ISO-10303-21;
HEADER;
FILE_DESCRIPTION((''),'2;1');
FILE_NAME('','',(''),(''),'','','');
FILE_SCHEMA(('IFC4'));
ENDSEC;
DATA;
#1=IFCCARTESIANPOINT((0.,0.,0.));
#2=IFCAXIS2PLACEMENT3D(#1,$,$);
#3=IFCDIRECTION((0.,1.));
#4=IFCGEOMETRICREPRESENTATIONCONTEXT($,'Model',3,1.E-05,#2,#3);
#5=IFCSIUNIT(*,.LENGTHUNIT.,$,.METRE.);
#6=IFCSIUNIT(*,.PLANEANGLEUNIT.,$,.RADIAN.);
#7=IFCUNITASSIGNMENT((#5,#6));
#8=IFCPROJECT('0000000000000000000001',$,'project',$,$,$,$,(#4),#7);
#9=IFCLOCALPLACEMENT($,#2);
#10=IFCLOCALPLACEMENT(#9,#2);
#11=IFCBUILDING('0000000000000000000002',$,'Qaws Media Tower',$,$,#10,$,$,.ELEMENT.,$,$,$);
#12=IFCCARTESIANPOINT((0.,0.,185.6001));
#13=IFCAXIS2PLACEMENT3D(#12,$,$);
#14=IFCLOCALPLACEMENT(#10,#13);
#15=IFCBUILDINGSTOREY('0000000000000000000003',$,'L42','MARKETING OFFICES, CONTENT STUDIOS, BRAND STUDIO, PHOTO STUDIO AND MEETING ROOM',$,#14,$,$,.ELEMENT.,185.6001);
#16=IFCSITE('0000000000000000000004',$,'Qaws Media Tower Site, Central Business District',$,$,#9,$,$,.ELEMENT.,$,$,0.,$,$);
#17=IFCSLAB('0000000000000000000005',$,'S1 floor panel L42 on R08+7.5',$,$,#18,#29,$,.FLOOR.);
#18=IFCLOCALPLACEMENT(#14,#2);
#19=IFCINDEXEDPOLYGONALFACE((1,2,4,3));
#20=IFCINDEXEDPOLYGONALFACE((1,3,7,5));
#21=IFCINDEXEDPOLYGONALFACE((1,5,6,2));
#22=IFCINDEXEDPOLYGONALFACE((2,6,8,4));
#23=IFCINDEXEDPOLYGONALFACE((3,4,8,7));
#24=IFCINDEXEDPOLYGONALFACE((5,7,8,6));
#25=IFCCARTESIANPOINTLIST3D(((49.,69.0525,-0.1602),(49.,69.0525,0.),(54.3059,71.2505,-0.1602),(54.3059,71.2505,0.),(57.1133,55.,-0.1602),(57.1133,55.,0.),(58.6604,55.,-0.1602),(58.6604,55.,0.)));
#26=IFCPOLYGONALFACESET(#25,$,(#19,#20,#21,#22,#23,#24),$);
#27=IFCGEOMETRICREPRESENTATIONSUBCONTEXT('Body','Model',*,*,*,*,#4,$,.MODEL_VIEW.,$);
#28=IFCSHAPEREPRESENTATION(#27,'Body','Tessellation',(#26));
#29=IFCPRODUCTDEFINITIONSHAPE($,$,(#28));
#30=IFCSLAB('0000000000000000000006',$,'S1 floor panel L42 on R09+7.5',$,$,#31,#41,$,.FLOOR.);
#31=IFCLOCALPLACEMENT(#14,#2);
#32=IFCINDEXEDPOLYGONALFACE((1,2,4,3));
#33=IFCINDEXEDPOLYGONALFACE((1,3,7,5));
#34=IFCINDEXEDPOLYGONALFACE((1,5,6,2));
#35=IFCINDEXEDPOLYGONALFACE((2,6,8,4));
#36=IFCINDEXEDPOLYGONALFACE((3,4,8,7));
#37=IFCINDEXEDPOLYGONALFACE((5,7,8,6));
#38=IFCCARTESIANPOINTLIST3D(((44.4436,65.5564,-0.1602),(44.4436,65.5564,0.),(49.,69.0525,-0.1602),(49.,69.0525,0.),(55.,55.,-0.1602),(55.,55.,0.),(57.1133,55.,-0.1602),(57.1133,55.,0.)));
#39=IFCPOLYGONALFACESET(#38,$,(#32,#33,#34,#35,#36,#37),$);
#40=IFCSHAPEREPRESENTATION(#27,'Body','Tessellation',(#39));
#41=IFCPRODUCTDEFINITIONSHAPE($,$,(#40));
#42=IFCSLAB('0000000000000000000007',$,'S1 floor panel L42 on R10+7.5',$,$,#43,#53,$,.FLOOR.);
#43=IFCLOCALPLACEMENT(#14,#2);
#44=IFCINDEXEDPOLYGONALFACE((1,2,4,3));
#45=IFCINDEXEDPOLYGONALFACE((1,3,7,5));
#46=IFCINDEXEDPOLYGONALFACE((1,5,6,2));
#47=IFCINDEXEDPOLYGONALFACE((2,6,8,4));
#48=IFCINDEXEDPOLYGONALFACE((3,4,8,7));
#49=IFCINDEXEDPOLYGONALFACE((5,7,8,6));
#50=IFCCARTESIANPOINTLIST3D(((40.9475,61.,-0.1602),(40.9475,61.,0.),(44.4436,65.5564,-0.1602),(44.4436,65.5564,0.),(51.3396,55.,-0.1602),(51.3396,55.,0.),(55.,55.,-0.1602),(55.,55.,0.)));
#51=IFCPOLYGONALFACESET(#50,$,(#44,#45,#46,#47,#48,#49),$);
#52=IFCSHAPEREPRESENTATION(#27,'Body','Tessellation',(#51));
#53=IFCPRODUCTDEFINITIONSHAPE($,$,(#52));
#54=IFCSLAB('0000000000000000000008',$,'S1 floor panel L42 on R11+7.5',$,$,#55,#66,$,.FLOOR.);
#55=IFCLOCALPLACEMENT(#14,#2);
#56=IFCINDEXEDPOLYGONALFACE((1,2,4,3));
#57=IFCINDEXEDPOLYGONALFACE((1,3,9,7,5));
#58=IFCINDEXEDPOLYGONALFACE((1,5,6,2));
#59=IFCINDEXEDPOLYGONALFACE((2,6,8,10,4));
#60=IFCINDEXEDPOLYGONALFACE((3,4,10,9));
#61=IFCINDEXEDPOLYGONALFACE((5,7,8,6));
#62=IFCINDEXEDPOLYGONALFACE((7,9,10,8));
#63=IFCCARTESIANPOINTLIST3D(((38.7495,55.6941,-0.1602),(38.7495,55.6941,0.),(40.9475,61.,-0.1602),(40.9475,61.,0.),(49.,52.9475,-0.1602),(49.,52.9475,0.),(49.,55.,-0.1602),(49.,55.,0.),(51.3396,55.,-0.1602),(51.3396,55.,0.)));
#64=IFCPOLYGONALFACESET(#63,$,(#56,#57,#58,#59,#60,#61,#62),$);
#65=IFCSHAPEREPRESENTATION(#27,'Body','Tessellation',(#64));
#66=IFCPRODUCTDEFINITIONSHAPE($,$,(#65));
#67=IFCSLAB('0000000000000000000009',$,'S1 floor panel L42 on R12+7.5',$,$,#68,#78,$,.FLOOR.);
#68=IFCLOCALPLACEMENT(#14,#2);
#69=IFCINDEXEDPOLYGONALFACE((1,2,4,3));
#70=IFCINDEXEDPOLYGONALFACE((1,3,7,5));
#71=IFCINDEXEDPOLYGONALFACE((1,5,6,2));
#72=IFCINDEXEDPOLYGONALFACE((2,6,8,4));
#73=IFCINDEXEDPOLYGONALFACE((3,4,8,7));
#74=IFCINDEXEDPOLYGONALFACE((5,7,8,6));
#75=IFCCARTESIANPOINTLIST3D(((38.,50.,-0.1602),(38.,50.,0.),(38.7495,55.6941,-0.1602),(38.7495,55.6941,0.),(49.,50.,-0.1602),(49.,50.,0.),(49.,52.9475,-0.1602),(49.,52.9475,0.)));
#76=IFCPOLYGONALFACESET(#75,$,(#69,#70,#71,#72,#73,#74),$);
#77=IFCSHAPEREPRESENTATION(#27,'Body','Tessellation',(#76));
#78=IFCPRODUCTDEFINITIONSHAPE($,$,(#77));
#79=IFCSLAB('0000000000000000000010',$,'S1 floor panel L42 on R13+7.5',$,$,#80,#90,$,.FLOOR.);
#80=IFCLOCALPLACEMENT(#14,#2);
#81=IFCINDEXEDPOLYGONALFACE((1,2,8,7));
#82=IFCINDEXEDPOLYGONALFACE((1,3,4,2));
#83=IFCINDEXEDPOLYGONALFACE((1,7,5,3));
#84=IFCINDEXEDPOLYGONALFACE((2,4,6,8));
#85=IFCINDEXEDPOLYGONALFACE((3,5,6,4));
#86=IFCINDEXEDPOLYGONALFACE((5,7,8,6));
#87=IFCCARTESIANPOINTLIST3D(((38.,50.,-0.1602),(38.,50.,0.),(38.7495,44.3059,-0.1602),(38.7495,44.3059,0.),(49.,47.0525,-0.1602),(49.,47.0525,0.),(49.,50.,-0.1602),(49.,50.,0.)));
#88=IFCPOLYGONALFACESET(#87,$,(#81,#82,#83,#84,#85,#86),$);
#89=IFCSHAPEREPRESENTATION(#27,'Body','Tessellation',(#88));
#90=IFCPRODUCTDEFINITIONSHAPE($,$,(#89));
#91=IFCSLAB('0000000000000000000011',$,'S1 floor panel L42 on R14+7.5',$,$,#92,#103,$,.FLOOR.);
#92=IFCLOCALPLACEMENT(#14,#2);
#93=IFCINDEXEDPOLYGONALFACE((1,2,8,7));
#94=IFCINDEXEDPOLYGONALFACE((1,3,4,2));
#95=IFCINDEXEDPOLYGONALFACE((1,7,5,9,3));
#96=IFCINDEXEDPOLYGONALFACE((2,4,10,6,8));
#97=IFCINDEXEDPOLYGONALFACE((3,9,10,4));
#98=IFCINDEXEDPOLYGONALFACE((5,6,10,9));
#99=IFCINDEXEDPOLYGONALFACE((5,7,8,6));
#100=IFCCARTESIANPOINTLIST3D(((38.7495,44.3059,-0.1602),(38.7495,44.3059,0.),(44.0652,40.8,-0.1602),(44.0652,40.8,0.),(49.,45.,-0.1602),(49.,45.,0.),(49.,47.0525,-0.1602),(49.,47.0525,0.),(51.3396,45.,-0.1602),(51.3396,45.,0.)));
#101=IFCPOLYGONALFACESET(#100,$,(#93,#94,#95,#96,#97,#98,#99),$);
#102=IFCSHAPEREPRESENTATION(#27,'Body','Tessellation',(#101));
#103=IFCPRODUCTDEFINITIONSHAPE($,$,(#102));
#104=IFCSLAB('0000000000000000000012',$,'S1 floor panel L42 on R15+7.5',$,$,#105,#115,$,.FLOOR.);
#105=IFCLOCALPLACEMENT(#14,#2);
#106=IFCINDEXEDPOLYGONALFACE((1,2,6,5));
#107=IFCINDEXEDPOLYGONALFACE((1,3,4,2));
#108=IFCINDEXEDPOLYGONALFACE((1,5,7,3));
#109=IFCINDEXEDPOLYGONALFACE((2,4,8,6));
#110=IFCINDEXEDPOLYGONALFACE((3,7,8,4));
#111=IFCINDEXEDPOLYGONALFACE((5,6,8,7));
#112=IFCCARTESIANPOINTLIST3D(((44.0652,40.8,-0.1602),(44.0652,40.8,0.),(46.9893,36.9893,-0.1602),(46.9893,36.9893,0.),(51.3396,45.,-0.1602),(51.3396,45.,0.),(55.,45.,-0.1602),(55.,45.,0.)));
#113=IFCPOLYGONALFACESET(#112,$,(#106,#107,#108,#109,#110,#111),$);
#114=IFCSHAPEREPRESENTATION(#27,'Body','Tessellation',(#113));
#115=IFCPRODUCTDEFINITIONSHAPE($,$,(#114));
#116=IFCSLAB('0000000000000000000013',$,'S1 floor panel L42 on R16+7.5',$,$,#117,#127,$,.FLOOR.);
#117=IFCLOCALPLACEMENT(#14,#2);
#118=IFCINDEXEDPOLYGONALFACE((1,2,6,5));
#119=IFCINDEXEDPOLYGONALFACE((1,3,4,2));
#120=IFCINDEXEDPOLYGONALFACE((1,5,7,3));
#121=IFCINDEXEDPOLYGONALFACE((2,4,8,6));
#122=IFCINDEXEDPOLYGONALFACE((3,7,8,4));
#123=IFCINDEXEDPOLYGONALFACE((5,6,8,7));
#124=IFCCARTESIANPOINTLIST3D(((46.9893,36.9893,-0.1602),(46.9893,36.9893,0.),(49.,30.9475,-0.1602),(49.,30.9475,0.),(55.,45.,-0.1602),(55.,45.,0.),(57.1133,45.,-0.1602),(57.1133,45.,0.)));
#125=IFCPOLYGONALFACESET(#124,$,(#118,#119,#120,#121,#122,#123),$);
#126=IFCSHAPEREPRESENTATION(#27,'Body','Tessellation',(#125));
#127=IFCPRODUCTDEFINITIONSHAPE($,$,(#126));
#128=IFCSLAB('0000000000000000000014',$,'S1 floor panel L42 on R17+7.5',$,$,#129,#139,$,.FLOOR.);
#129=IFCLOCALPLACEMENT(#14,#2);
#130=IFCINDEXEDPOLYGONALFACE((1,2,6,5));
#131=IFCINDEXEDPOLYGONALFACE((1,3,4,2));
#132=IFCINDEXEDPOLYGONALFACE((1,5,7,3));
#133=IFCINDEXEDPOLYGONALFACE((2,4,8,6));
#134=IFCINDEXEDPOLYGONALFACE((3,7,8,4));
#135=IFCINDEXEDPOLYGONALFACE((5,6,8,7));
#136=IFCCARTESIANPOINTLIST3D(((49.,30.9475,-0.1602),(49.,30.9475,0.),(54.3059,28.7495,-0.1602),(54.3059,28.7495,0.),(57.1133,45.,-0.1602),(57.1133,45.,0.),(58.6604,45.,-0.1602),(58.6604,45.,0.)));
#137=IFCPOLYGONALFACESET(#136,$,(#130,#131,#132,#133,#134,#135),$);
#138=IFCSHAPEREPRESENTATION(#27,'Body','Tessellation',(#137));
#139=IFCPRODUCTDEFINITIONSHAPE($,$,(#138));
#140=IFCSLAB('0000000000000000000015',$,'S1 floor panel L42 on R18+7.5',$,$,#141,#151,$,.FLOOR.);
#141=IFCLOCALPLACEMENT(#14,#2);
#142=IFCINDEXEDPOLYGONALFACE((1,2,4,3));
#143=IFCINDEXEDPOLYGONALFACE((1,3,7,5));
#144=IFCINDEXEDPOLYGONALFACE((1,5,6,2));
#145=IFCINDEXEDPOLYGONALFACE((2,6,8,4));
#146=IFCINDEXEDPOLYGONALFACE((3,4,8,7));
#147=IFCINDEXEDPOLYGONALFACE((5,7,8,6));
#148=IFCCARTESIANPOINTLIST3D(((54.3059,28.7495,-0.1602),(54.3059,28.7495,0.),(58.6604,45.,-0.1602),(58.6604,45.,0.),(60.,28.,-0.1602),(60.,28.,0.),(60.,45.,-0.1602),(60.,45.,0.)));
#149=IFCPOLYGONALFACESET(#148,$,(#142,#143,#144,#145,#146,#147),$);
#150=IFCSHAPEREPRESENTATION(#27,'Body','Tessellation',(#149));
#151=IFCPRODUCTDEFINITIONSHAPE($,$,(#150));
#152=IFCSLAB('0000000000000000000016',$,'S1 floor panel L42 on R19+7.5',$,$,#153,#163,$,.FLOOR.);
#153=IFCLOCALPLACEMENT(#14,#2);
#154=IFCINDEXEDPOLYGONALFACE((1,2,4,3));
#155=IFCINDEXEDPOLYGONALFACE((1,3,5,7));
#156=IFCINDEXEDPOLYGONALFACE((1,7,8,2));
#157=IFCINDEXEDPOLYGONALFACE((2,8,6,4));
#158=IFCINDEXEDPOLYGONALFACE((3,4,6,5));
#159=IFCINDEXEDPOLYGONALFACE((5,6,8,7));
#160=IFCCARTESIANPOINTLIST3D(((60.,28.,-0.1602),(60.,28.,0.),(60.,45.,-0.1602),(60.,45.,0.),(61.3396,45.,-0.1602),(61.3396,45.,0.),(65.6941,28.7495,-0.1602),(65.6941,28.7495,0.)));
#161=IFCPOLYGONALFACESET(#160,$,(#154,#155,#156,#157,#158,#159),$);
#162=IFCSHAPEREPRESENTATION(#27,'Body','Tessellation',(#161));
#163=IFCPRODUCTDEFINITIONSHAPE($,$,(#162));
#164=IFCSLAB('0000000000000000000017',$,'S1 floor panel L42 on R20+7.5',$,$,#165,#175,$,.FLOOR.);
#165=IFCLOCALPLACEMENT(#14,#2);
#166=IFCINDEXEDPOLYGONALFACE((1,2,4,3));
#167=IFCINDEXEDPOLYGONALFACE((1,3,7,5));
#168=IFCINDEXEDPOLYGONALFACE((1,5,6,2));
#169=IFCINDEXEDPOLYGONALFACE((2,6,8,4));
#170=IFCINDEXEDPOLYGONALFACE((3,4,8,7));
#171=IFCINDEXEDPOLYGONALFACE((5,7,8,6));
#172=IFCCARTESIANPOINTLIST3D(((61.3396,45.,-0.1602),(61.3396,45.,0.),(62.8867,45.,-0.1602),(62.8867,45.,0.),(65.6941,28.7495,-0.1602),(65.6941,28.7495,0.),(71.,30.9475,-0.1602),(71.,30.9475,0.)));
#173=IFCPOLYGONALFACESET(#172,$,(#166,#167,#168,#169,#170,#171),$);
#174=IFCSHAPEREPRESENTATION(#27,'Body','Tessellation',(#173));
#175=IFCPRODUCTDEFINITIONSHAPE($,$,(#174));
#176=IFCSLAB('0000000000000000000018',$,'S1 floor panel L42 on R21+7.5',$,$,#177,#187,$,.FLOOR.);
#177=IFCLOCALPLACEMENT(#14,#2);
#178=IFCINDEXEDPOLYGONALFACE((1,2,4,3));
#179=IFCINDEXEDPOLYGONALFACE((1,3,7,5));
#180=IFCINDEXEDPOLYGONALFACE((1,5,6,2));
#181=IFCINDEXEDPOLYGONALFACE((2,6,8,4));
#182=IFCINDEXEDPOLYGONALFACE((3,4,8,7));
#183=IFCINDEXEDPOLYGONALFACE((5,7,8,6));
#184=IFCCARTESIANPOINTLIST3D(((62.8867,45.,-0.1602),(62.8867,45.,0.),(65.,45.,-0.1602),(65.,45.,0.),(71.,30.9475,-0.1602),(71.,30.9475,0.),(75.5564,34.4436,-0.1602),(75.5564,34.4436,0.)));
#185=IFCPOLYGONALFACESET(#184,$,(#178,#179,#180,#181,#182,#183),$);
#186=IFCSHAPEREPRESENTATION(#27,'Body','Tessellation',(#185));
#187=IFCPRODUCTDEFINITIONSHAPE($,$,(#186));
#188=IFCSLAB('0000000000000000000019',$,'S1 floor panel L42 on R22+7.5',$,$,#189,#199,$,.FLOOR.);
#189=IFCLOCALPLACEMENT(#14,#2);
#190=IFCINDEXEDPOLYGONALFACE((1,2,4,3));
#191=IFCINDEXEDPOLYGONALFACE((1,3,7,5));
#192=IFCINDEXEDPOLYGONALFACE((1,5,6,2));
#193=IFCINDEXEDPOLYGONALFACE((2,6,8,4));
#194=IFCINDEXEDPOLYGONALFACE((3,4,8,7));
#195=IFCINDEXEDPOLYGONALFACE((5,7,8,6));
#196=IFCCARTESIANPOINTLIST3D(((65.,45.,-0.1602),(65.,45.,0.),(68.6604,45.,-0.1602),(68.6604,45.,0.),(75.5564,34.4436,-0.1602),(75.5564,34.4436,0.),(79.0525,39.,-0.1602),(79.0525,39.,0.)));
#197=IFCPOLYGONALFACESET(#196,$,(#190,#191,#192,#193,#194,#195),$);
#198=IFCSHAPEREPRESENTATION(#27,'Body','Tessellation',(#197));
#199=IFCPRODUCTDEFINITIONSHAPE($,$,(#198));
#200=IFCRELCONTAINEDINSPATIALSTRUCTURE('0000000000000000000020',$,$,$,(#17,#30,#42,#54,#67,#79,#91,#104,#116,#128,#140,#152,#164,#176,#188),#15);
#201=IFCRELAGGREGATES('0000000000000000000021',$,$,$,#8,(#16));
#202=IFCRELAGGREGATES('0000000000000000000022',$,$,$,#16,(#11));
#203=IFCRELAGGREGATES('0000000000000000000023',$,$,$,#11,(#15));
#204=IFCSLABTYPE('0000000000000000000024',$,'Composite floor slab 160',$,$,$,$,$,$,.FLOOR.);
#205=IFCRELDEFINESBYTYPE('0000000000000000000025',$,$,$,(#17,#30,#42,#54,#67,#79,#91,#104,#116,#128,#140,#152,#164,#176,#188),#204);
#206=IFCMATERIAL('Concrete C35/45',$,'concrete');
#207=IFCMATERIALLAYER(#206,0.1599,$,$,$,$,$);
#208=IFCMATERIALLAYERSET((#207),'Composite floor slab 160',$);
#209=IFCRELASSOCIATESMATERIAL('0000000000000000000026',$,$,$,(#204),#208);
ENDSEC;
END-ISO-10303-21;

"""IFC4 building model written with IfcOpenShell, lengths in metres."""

from ifc_helpers import new_model, si_unit, direction, frame, origin, place, context, subcontext, project, spatial, polyline, outline, extrude, material, layer, layer_set, type_object, element, save


model = new_model("IFC4")

# Units and contexts
model_context = context("Model", 3, precision=1e-05, world=origin(), true_north=direction((0.0, 1.0)))
body_context = subcontext(model_context, "Body", "Model", "MODEL_VIEW")
ifc_project = project(units=[si_unit("LENGTHUNIT", "METRE"), si_unit("PLANEANGLEUNIT", "RADIAN")], contexts=[model_context])

# Site, building, storey
site_placement = place(None, origin())
site = spatial("IfcSite", under=ifc_project, at=site_placement, Name="Qaws Media Tower Site, Central Business District", CompositionType="ELEMENT", RefElevation=0.0)
building_placement = place(site_placement, origin())
building = spatial("IfcBuilding", under=site, at=building_placement, Name="Qaws Media Tower", CompositionType="ELEMENT")
storey_placement = place(building_placement, frame((0.0, 0.0, 185.6001)))
storey = spatial("IfcBuildingStorey", under=building, at=storey_placement, Name="L42", Description="MARKETING OFFICES, CONTENT STUDIOS, BRAND STUDIO, PHOTO STUDIO AND MEETING ROOM", CompositionType="ELEMENT", Elevation=185.6001)

# Slabs
ifc_material_1 = material(Name="Concrete C35/45", Category="concrete")
ifc_layer_1 = layer(ifc_material_1, 0.1599)
ifc_layer_set_1 = layer_set([ifc_layer_1], Name="Composite floor slab 160")
slab_type_1 = type_object("IfcSlabType", Name="Composite floor slab 160", PredefinedType="FLOOR", material=ifc_layer_set_1)
slab_1_placement = place(storey_placement, frame((0.0, 0.0, -0.1602)))
element("IfcSlab", 1, at=slab_1_placement, inside=storey, type_object=slab_type_1, Name="S1 floor panel L42 on R08+7.5", PredefinedType="FLOOR", context=body_context, shape_type="SweptSolid", body=[
    extrude(outline(polyline([(49.0, 69.0525), (54.3059, 71.2505), (58.6604, 55.0), (57.1133, 55.0), (49.0, 69.0525)])), origin(), (0.0, 0.0, 1.0), 0.1602),
])
slab_2_placement = place(storey_placement, frame((0.0, 0.0, -0.1602)))
element("IfcSlab", 2, at=slab_2_placement, inside=storey, type_object=slab_type_1, Name="S1 floor panel L42 on R09+7.5", PredefinedType="FLOOR", context=body_context, shape_type="SweptSolid", body=[
    extrude(outline(polyline([(49.0, 69.0525), (57.1133, 55.0), (55.0, 55.0), (44.4436, 65.5564), (49.0, 69.0525)])), origin(), (0.0, 0.0, 1.0), 0.1602),
])
slab_3_placement = place(storey_placement, frame((0.0, 0.0, -0.1602)))
element("IfcSlab", 3, at=slab_3_placement, inside=storey, type_object=slab_type_1, Name="S1 floor panel L42 on R10+7.5", PredefinedType="FLOOR", context=body_context, shape_type="SweptSolid", body=[
    extrude(outline(polyline([(44.4436, 65.5564), (55.0, 55.0), (51.3396, 55.0), (40.9475, 61.0), (44.4436, 65.5564)])), origin(), (0.0, 0.0, 1.0), 0.1602),
])
slab_4_placement = place(storey_placement, frame((0.0, 0.0, -0.1602)))
element("IfcSlab", 4, at=slab_4_placement, inside=storey, type_object=slab_type_1, Name="S1 floor panel L42 on R11+7.5", PredefinedType="FLOOR", context=body_context, shape_type="SweptSolid", body=[
    extrude(outline(polyline([(38.7495, 55.6941), (40.9475, 61.0), (51.3396, 55.0), (49.0, 55.0), (49.0, 52.9475), (38.7495, 55.6941)])), origin(), (0.0, 0.0, 1.0), 0.1602),
])
slab_5_placement = place(storey_placement, frame((0.0, 0.0, -0.1602)))
element("IfcSlab", 5, at=slab_5_placement, inside=storey, type_object=slab_type_1, Name="S1 floor panel L42 on R12+7.5", PredefinedType="FLOOR", context=body_context, shape_type="SweptSolid", body=[
    extrude(outline(polyline([(38.7495, 55.6941), (49.0, 52.9475), (49.0, 50.0), (38.0, 50.0), (38.7495, 55.6941)])), origin(), (0.0, 0.0, 1.0), 0.1602),
])
slab_6_placement = place(storey_placement, frame((0.0, 0.0, -0.1602)))
element("IfcSlab", 6, at=slab_6_placement, inside=storey, type_object=slab_type_1, Name="S1 floor panel L42 on R13+7.5", PredefinedType="FLOOR", context=body_context, shape_type="SweptSolid", body=[
    extrude(outline(polyline([(38.7495, 44.3059), (38.0, 50.0), (49.0, 50.0), (49.0, 47.0525), (38.7495, 44.3059)])), origin(), (0.0, 0.0, 1.0), 0.1602),
])
slab_7_placement = place(storey_placement, frame((0.0, 0.0, -0.1602)))
element("IfcSlab", 7, at=slab_7_placement, inside=storey, type_object=slab_type_1, Name="S1 floor panel L42 on R14+7.5", PredefinedType="FLOOR", context=body_context, shape_type="SweptSolid", body=[
    extrude(outline(polyline([(38.7495, 44.3059), (49.0, 47.0525), (49.0, 45.0), (51.3396, 45.0), (44.0652, 40.8), (38.7495, 44.3059)])), origin(), (0.0, 0.0, 1.0), 0.1602),
])
slab_8_placement = place(storey_placement, frame((0.0, 0.0, -0.1602)))
element("IfcSlab", 8, at=slab_8_placement, inside=storey, type_object=slab_type_1, Name="S1 floor panel L42 on R15+7.5", PredefinedType="FLOOR", context=body_context, shape_type="SweptSolid", body=[
    extrude(outline(polyline([(44.0652, 40.8), (51.3396, 45.0), (55.0, 45.0), (46.9893, 36.9893), (44.0652, 40.8)])), origin(), (0.0, 0.0, 1.0), 0.1602),
])
slab_9_placement = place(storey_placement, frame((0.0, 0.0, -0.1602)))
element("IfcSlab", 9, at=slab_9_placement, inside=storey, type_object=slab_type_1, Name="S1 floor panel L42 on R16+7.5", PredefinedType="FLOOR", context=body_context, shape_type="SweptSolid", body=[
    extrude(outline(polyline([(46.9893, 36.9893), (55.0, 45.0), (57.1133, 45.0), (49.0, 30.9475), (46.9893, 36.9893)])), origin(), (0.0, 0.0, 1.0), 0.1602),
])
slab_10_placement = place(storey_placement, frame((0.0, 0.0, -0.1602)))
element("IfcSlab", 10, at=slab_10_placement, inside=storey, type_object=slab_type_1, Name="S1 floor panel L42 on R17+7.5", PredefinedType="FLOOR", context=body_context, shape_type="SweptSolid", body=[
    extrude(outline(polyline([(49.0, 30.9475), (57.1133, 45.0), (58.6604, 45.0), (54.3059, 28.7495), (49.0, 30.9475)])), origin(), (0.0, 0.0, 1.0), 0.1602),
])
slab_11_placement = place(storey_placement, frame((0.0, 0.0, -0.1602)))
element("IfcSlab", 11, at=slab_11_placement, inside=storey, type_object=slab_type_1, Name="S1 floor panel L42 on R18+7.5", PredefinedType="FLOOR", context=body_context, shape_type="SweptSolid", body=[
    extrude(outline(polyline([(54.3059, 28.7495), (58.6604, 45.0), (60.0, 45.0), (60.0, 28.0), (54.3059, 28.7495)])), origin(), (0.0, 0.0, 1.0), 0.1602),
])
slab_12_placement = place(storey_placement, frame((0.0, 0.0, -0.1602)))
element("IfcSlab", 12, at=slab_12_placement, inside=storey, type_object=slab_type_1, Name="S1 floor panel L42 on R19+7.5", PredefinedType="FLOOR", context=body_context, shape_type="SweptSolid", body=[
    extrude(outline(polyline([(65.6941, 28.7495), (60.0, 28.0), (60.0, 45.0), (61.3396, 45.0), (65.6941, 28.7495)])), origin(), (0.0, 0.0, 1.0), 0.1602),
])
slab_13_placement = place(storey_placement, frame((0.0, 0.0, -0.1602)))
element("IfcSlab", 13, at=slab_13_placement, inside=storey, type_object=slab_type_1, Name="S1 floor panel L42 on R20+7.5", PredefinedType="FLOOR", context=body_context, shape_type="SweptSolid", body=[
    extrude(outline(polyline([(71.0, 30.9475), (65.6941, 28.7495), (61.3396, 45.0), (62.8867, 45.0), (71.0, 30.9475)])), origin(), (0.0, 0.0, 1.0), 0.1602),
])
slab_14_placement = place(storey_placement, frame((0.0, 0.0, -0.1602)))
element("IfcSlab", 14, at=slab_14_placement, inside=storey, type_object=slab_type_1, Name="S1 floor panel L42 on R21+7.5", PredefinedType="FLOOR", context=body_context, shape_type="SweptSolid", body=[
    extrude(outline(polyline([(71.0, 30.9475), (62.8867, 45.0), (65.0, 45.0), (75.5564, 34.4436), (71.0, 30.9475)])), origin(), (0.0, 0.0, 1.0), 0.1602),
])
slab_15_placement = place(storey_placement, frame((0.0, 0.0, -0.1602)))
element("IfcSlab", 15, at=slab_15_placement, inside=storey, type_object=slab_type_1, Name="S1 floor panel L42 on R22+7.5", PredefinedType="FLOOR", context=body_context, shape_type="SweptSolid", body=[
    extrude(outline(polyline([(75.5564, 34.4436), (65.0, 45.0), (68.6604, 45.0), (79.0525, 39.0), (75.5564, 34.4436)])), origin(), (0.0, 0.0, 1.0), 0.1602),
])

save(model, "model.ifc")
